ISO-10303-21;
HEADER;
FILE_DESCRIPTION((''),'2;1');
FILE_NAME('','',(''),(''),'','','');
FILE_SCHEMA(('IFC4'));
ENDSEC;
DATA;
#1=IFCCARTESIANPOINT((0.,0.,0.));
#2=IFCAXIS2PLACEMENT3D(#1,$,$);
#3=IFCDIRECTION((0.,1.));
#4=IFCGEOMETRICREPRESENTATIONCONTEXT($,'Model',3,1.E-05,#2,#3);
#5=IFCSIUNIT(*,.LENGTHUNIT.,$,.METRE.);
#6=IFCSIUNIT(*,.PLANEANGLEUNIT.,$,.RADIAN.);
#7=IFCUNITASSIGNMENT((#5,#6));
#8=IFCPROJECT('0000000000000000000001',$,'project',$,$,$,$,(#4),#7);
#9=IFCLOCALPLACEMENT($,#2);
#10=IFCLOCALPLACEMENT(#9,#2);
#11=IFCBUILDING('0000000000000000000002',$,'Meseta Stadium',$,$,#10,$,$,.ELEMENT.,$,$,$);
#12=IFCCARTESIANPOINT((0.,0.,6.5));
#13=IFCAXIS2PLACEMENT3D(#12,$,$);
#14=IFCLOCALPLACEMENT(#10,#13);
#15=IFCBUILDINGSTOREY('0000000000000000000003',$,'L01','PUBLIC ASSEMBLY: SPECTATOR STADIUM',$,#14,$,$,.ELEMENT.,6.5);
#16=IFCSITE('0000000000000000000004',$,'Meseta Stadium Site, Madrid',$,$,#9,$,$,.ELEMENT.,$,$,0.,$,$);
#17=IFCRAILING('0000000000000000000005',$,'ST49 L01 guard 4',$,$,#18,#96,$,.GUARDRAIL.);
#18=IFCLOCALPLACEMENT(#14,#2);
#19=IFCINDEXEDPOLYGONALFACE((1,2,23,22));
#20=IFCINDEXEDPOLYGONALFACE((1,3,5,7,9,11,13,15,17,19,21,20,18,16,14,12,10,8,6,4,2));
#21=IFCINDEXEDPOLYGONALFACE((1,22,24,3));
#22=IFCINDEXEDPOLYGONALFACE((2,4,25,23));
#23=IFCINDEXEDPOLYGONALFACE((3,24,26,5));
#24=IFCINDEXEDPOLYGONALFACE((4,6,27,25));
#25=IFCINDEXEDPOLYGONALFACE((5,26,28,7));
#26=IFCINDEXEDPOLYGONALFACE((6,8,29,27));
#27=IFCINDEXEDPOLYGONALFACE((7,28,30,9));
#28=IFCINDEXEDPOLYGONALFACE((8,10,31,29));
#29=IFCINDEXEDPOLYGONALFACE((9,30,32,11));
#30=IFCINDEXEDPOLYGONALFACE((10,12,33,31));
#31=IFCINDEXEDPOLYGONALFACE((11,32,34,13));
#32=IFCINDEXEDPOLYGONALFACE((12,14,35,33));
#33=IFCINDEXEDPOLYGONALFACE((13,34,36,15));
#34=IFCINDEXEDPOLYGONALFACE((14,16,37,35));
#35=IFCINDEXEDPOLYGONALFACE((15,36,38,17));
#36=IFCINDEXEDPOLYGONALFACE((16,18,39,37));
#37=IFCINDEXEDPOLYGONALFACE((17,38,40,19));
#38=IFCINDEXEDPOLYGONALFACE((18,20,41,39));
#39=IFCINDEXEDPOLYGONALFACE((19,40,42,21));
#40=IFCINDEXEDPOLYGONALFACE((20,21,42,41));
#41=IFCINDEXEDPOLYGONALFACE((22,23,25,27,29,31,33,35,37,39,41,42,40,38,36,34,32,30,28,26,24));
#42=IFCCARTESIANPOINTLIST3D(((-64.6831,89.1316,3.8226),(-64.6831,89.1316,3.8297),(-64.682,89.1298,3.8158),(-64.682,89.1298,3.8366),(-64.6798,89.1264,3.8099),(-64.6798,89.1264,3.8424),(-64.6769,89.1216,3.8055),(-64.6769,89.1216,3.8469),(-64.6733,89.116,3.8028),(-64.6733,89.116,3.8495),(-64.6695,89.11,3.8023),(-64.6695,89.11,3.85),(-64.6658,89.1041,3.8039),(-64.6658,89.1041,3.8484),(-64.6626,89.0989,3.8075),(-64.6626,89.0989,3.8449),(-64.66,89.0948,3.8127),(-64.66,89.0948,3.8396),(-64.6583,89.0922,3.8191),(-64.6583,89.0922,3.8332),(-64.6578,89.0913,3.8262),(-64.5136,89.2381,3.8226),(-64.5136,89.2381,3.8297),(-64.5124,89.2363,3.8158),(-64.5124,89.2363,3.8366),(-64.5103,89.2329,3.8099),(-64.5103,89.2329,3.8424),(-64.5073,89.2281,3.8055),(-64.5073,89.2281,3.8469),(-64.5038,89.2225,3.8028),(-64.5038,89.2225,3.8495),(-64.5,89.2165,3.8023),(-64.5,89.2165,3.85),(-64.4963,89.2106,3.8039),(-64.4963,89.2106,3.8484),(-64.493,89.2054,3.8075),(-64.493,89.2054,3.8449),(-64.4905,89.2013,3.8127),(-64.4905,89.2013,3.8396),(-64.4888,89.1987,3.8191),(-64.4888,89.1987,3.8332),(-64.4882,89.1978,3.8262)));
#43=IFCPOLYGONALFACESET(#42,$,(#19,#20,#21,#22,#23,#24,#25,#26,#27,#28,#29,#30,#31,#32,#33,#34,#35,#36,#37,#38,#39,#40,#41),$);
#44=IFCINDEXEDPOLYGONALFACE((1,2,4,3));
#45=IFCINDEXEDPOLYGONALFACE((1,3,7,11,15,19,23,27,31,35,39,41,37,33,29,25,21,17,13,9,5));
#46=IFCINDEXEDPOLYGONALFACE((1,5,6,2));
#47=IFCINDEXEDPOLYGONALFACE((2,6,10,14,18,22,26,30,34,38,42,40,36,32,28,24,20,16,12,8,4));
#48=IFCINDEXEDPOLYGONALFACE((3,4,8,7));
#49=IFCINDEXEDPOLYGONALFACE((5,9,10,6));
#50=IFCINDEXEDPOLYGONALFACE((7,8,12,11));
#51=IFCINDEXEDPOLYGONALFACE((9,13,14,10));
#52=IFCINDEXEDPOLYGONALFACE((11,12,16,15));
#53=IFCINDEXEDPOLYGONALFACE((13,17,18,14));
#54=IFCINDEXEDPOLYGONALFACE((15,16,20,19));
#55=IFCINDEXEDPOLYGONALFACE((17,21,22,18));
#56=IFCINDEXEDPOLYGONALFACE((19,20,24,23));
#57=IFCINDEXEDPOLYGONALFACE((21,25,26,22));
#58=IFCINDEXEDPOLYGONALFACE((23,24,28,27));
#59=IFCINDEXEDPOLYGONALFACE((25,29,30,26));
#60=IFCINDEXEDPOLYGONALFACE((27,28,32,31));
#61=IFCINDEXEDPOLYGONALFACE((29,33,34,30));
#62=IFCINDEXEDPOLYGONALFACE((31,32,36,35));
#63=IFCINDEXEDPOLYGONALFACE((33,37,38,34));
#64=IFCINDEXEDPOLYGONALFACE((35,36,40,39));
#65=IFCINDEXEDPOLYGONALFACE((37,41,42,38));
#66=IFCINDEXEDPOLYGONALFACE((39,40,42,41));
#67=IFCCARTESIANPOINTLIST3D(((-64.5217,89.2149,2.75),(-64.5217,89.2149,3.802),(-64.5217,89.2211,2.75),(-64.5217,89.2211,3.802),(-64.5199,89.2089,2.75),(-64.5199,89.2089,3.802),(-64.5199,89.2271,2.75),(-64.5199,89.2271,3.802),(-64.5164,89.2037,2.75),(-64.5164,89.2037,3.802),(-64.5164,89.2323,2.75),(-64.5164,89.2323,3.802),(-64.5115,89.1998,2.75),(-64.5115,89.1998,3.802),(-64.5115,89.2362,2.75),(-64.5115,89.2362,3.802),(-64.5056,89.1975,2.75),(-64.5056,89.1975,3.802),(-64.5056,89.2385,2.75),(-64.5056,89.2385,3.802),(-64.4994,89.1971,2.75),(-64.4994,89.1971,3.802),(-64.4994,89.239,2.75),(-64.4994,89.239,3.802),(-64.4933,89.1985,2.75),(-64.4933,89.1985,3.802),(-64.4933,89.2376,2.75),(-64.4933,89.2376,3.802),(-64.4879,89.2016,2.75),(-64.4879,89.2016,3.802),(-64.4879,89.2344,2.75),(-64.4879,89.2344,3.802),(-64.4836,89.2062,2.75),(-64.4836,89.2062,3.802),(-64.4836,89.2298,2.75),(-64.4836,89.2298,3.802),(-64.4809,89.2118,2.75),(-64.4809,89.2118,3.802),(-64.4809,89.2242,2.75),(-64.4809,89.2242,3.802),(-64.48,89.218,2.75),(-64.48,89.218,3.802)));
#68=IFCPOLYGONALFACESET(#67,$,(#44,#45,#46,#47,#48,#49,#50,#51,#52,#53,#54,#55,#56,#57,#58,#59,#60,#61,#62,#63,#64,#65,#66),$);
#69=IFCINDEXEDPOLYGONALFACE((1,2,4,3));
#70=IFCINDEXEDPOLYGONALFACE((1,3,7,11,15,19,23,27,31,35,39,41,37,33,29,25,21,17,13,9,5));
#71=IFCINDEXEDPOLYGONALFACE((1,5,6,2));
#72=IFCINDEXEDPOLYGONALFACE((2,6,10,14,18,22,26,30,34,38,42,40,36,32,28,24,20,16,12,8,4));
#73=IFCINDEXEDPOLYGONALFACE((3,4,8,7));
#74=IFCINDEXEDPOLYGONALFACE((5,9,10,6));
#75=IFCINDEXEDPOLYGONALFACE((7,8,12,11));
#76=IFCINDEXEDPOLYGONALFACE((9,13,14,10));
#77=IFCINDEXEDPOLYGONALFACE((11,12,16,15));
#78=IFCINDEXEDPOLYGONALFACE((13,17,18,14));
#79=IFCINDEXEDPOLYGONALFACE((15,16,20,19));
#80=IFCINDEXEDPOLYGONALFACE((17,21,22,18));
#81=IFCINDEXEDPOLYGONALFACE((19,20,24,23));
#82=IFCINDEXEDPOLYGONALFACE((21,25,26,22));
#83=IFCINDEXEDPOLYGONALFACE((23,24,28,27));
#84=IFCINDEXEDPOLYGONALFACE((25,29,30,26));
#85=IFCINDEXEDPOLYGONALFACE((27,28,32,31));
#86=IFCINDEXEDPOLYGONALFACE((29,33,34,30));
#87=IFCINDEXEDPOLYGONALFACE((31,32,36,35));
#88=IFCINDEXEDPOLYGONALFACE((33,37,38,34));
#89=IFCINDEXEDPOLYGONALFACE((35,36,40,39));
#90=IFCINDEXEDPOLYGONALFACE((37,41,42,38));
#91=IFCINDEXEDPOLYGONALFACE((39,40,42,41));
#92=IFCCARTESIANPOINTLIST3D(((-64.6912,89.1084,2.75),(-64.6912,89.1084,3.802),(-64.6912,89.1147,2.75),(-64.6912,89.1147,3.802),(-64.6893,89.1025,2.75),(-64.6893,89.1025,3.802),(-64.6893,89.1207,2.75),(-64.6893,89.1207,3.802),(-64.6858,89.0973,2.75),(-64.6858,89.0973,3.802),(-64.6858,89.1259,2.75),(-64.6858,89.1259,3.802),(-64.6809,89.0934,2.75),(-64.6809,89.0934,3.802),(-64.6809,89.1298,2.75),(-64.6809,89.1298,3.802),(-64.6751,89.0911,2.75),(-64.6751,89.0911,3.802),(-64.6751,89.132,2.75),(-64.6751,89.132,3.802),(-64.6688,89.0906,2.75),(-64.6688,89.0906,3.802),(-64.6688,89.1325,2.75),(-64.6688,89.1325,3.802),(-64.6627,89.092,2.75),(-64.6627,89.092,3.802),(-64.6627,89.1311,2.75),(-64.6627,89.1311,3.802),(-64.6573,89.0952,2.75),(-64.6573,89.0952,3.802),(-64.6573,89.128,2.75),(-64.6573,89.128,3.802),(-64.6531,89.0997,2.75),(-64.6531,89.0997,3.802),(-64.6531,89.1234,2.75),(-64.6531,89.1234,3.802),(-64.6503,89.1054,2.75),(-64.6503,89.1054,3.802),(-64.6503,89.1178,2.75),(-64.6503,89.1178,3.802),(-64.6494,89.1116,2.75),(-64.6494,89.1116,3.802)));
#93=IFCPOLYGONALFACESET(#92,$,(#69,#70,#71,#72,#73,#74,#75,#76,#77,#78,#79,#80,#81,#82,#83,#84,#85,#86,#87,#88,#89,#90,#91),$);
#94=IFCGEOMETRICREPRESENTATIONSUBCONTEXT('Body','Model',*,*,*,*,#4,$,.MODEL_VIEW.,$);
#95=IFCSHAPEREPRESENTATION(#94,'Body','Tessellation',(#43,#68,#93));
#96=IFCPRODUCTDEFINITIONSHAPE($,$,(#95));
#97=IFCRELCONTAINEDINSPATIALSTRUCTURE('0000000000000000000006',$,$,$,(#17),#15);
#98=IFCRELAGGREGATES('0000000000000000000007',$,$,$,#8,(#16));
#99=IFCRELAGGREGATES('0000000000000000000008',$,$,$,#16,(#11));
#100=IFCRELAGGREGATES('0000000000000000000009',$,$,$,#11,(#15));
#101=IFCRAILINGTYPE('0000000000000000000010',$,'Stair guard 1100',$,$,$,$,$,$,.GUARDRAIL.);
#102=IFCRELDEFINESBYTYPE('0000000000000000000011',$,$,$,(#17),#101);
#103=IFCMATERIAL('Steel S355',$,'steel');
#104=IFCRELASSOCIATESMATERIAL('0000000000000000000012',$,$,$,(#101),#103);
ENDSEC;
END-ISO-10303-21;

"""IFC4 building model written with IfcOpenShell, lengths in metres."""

from ifc_helpers import new_model, si_unit, direction, frame, origin, origin_2d, place, context, subcontext, project, spatial, circle, extrude, material, type_object, element, save


model = new_model("IFC4")

# Units and contexts
model_context = context("Model", 3, precision=1e-05, world=origin(), true_north=direction((0.0, 1.0)))
body_context = subcontext(model_context, "Body", "Model", "MODEL_VIEW")
ifc_project = project(units=[si_unit("LENGTHUNIT", "METRE"), si_unit("PLANEANGLEUNIT", "RADIAN")], contexts=[model_context])

# Site, building, storey
site_placement = place(None, origin())
site = spatial("IfcSite", under=ifc_project, at=site_placement, Name="Meseta Stadium Site, Madrid", CompositionType="ELEMENT", RefElevation=0.0)
building_placement = place(site_placement, origin())
building = spatial("IfcBuilding", under=site, at=building_placement, Name="Meseta Stadium", CompositionType="ELEMENT")
storey_placement = place(building_placement, frame((0.0, 0.0, 6.5)))
storey = spatial("IfcBuildingStorey", under=building, at=storey_placement, Name="L01", Description="PUBLIC ASSEMBLY: SPECTATOR STADIUM", CompositionType="ELEMENT", Elevation=6.5)

# Railing
ifc_material_1 = material(Name="Steel S355", Category="steel")
railing_type_1 = type_object("IfcRailingType", Name="Stair guard 1100", PredefinedType="GUARDRAIL", material=ifc_material_1)
railing_1_placement = place(storey_placement, frame((-64.501, 89.218, 2.75)))
element("IfcRailing", 1, at=railing_1_placement, inside=storey, type_object=railing_type_1, Name="ST49 L01 guard 4", PredefinedType="GUARDRAIL", context=body_context, shape_type="SweptSolid", body=[
    extrude(circle(Radius=0.0239, at=origin_2d()), frame((0.0, 0.0, 1.0762), z_axis=(-0.846762, -0.531972, 0.0), x_axis=(0.531972, -0.846762, 0.0)), (0.0, 0.0, 1.0), 0.2002),
    extrude(circle(Radius=0.021, at=origin_2d()), origin(), (0.0, 0.0, 1.0), 1.052),
    extrude(circle(Radius=0.021, at=origin_2d()), frame((-0.1694, -0.1064, 0.0)), (0.0, 0.0, 1.0), 1.052),
])

save(model, "model.ifc")
